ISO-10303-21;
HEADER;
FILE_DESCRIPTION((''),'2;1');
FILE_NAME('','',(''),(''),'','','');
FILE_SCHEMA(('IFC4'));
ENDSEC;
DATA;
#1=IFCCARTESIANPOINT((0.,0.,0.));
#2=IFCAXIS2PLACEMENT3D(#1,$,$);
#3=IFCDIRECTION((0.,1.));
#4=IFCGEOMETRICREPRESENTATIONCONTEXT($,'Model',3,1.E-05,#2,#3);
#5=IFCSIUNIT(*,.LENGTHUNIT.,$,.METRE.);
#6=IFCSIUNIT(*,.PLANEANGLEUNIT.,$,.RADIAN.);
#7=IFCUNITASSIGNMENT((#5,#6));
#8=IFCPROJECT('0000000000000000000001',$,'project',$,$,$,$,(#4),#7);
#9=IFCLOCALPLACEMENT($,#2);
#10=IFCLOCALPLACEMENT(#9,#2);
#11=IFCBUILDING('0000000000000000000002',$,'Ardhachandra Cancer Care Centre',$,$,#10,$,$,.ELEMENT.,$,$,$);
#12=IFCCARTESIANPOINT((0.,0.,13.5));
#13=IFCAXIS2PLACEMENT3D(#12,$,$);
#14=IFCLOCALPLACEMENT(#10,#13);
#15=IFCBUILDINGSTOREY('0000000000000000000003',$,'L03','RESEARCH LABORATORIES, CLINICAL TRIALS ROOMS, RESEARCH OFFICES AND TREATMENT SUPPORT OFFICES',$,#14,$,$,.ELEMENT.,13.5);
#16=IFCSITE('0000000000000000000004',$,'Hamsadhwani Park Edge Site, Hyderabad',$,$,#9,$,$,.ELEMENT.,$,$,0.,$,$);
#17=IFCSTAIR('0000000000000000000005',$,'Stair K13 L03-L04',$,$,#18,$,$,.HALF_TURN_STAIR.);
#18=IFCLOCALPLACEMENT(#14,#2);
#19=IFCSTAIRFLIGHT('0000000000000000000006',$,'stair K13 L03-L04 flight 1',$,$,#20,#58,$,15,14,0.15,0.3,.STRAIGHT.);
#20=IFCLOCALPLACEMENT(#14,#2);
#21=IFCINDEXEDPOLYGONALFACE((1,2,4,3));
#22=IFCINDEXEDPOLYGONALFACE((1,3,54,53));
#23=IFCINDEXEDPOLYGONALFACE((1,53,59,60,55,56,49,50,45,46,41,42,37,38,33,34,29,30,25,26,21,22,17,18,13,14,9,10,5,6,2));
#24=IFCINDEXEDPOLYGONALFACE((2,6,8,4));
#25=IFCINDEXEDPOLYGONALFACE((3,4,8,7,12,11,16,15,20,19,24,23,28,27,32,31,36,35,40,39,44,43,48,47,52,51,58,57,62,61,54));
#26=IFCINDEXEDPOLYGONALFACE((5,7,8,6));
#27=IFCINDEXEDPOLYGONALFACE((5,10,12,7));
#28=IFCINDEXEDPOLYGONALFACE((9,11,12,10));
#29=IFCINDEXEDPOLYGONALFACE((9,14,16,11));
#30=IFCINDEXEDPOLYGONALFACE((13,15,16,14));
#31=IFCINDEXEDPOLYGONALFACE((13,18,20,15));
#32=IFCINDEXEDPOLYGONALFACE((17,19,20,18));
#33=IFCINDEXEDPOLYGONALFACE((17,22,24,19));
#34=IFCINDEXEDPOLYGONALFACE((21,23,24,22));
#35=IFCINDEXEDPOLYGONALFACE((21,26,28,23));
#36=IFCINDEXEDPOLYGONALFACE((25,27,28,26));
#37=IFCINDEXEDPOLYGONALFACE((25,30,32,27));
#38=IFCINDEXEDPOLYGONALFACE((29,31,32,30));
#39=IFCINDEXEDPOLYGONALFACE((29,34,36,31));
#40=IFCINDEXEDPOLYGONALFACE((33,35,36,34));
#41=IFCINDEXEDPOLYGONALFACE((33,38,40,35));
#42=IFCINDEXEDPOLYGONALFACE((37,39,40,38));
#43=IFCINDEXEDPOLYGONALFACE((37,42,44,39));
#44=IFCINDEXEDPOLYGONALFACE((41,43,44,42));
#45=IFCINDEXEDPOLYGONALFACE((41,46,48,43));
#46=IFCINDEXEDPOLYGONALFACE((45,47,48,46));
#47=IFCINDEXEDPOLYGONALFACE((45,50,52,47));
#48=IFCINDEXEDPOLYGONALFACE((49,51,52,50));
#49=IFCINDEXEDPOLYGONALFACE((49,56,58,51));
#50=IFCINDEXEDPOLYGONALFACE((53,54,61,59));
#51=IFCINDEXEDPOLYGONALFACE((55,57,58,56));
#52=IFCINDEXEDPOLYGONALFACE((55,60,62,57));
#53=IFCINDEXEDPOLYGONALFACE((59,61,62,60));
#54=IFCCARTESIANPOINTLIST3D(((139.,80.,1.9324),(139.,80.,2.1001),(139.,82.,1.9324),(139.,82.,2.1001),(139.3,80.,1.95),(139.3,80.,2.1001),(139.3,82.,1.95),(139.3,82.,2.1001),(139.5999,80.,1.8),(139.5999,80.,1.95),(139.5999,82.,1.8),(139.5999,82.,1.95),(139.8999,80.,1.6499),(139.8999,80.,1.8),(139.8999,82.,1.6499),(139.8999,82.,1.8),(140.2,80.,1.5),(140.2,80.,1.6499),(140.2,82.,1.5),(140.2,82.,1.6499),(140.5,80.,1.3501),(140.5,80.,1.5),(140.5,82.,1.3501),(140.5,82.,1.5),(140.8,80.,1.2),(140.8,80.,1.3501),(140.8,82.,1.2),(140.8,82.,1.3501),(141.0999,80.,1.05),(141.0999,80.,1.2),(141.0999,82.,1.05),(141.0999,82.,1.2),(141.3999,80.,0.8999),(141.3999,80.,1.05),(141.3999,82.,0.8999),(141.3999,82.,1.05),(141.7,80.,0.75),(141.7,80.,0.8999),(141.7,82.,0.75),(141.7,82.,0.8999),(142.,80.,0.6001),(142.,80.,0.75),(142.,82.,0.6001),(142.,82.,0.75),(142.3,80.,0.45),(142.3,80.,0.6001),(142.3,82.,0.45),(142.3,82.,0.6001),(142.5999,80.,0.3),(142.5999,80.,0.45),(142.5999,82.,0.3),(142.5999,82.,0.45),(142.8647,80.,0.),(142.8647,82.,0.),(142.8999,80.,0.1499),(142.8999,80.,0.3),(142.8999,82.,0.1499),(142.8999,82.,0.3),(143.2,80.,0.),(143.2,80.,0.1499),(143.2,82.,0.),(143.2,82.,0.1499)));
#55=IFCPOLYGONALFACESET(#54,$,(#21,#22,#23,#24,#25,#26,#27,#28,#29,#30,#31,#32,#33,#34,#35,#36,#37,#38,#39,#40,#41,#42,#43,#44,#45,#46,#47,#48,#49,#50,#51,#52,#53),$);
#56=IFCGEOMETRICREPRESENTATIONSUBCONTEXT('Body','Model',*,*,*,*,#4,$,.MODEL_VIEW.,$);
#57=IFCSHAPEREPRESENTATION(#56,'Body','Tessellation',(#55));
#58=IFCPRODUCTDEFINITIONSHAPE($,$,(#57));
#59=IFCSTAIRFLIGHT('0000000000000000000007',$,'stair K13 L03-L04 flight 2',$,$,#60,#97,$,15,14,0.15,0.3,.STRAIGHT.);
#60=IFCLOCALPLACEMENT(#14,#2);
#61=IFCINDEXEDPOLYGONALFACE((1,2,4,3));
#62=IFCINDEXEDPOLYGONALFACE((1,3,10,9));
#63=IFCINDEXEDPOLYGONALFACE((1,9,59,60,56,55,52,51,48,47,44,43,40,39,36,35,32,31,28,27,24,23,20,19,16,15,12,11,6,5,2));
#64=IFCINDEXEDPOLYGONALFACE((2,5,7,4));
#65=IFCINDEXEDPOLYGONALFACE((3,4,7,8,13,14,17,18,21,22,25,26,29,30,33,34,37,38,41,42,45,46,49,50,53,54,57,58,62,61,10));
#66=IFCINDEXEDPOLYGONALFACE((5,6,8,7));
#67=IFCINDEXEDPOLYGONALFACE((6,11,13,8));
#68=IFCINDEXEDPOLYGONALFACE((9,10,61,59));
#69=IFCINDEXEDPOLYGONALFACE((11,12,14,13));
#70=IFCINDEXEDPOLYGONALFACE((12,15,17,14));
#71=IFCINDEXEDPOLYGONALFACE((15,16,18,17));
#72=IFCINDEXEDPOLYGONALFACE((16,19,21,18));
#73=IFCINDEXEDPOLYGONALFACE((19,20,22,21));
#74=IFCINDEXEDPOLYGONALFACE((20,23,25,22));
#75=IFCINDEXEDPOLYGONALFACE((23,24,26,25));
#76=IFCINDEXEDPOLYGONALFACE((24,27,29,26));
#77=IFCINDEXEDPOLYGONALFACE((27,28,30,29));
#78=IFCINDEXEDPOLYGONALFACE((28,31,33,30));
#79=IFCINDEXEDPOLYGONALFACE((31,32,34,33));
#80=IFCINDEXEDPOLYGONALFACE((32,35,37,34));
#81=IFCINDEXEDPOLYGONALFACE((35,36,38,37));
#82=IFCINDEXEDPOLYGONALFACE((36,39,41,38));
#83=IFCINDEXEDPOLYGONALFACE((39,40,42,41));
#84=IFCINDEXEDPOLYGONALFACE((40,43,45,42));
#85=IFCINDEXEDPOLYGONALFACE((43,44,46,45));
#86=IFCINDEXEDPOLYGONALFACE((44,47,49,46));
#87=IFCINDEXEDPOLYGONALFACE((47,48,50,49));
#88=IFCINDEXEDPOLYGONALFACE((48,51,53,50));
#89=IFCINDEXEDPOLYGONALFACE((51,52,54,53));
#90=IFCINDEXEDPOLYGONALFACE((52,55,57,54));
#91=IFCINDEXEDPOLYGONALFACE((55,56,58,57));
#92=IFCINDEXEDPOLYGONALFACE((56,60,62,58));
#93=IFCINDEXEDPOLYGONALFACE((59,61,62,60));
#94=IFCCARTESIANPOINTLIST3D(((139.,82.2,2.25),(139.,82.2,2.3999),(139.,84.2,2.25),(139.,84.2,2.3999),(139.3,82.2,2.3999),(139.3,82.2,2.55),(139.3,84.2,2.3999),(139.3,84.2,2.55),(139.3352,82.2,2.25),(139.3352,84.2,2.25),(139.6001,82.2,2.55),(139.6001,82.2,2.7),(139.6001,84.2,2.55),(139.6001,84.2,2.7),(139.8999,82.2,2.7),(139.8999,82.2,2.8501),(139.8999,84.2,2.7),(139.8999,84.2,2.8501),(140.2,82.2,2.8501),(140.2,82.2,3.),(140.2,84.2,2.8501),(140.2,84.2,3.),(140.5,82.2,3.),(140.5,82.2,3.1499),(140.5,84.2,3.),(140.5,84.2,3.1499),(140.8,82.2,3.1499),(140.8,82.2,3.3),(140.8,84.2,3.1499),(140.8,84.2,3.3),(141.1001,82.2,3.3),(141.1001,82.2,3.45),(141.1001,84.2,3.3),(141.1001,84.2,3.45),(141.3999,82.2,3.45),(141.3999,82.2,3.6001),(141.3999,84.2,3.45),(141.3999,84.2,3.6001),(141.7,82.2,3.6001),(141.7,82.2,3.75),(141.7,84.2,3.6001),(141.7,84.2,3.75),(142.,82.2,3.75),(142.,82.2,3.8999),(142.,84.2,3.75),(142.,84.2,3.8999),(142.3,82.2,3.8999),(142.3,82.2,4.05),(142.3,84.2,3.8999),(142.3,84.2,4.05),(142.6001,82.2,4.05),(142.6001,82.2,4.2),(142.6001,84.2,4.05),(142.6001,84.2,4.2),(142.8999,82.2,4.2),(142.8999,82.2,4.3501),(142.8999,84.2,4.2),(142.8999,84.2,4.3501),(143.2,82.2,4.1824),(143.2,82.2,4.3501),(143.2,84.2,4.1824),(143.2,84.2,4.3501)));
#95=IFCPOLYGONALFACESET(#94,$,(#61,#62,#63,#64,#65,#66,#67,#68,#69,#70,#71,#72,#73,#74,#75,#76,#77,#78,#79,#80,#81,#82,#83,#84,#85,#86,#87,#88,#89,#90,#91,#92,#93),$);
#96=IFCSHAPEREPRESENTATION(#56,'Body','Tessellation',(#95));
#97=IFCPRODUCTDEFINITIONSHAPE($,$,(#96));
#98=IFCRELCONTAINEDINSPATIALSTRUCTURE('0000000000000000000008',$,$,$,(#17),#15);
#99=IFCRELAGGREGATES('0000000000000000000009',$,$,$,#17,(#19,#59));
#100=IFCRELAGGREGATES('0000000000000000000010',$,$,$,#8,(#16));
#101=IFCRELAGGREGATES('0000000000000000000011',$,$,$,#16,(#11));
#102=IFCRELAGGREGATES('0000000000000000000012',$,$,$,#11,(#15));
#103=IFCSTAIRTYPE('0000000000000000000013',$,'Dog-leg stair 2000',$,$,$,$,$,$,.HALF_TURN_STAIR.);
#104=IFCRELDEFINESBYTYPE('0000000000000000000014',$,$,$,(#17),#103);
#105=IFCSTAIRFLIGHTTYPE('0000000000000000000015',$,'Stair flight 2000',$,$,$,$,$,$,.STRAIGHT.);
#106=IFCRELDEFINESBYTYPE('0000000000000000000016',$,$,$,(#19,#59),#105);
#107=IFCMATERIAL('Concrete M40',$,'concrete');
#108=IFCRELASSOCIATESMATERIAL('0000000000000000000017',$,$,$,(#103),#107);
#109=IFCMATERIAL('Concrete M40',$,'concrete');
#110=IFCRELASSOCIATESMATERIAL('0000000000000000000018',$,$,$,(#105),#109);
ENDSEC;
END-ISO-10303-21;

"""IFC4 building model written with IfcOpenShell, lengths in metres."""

from ifc_helpers import new_model, si_unit, direction, frame, origin, place, context, subcontext, project, spatial, polyline, outline, extrude, material, type_object, element, aggregate, save


model = new_model("IFC4")

# Units and contexts
model_context = context("Model", 3, precision=1e-05, world=origin(), true_north=direction((0.0, 1.0)))
body_context = subcontext(model_context, "Body", "Model", "MODEL_VIEW")
ifc_project = project(units=[si_unit("LENGTHUNIT", "METRE"), si_unit("PLANEANGLEUNIT", "RADIAN")], contexts=[model_context])

# Site, building, storey
site_placement = place(None, origin())
site = spatial("IfcSite", under=ifc_project, at=site_placement, Name="Hamsadhwani Park Edge Site, Hyderabad", CompositionType="ELEMENT", RefElevation=0.0)
building_placement = place(site_placement, origin())
building = spatial("IfcBuilding", under=site, at=building_placement, Name="Ardhachandra Cancer Care Centre", CompositionType="ELEMENT")
storey_placement = place(building_placement, frame((0.0, 0.0, 13.5)))
storey = spatial("IfcBuildingStorey", under=building, at=storey_placement, Name="L03", Description="RESEARCH LABORATORIES, CLINICAL TRIALS ROOMS, RESEARCH OFFICES AND TREATMENT SUPPORT OFFICES", CompositionType="ELEMENT", Elevation=13.5)

# Stair, stair flights
ifc_material_1 = material(Name="Concrete M40", Category="concrete")
stair_type = type_object("IfcStairType", Name="Dog-leg stair 2000", PredefinedType="HALF_TURN_STAIR", material=ifc_material_1)
stair_placement = place(storey_placement, origin())
stair = element("IfcStair", 1, at=stair_placement, inside=storey, type_object=stair_type, Name="Stair K13 L03-L04", PredefinedType="HALF_TURN_STAIR")
ifc_material_2 = material(Name="Concrete M40", Category="concrete")
stair_flight_type = type_object("IfcStairFlightType", Name="Stair flight 2000", PredefinedType="STRAIGHT", material=ifc_material_2)
stair_flight_1_placement = place(storey_placement, frame((143.2, 81.0, 0.0), z_axis=(0.0, 0.0, 1.0), x_axis=(-1.0, 0.0, 0.0)))
stair_flight_1 = element("IfcStairFlight", 2, at=stair_flight_1_placement, type_object=stair_flight_type, Name="stair K13 L03-L04 flight 1", NumberOfRisers=15, NumberOfTreads=14, PredefinedType="STRAIGHT", RiserHeight=0.15, TreadLength=0.3, context=body_context, shape_type="SweptSolid", body=[
    extrude(outline(polyline([(0.0, 0.0), (0.0, 0.1499), (0.3, 0.1499), (0.3, 0.3), (0.6001, 0.3), (0.6001, 0.45), (0.8999, 0.45), (0.8999, 0.6001), (1.2, 0.6001), (1.2, 0.75), (1.5, 0.75), (1.5, 0.8999), (1.8, 0.8999), (1.8, 1.05), (2.1001, 1.05), (2.1001, 1.2), (2.3999, 1.2), (2.3999, 1.3501), (2.7, 1.3501), (2.7, 1.5), (3.0, 1.5), (3.0, 1.6499), (3.3, 1.6499), (3.3, 1.8), (3.6001, 1.8), (3.6001, 1.95), (3.8999, 1.95), (3.8999, 2.1001), (4.2, 2.1001), (4.2, 2.25), (4.2, 1.9324), (0.3352, 0.0), (0.0, 0.0)])), frame((0.0, 1.0, 0.0), z_axis=(0.0, -1.0, 0.0), x_axis=(1.0, 0.0, 0.0)), (0.0, 0.0, 1.0), 2.0),
])
stair_flight_2_placement = place(storey_placement, frame((139.0, 83.2, 2.25), z_axis=(0.0, 0.0, 1.0), x_axis=(1.0, 0.0, 0.0)))
stair_flight_2 = element("IfcStairFlight", 3, at=stair_flight_2_placement, type_object=stair_flight_type, Name="stair K13 L03-L04 flight 2", NumberOfRisers=15, NumberOfTreads=14, PredefinedType="STRAIGHT", RiserHeight=0.15, TreadLength=0.3, context=body_context, shape_type="SweptSolid", body=[
    extrude(outline(polyline([(0.0, 0.0), (0.0, 0.1499), (0.3, 0.1499), (0.3, 0.3), (0.6001, 0.3), (0.6001, 0.45), (0.8999, 0.45), (0.8999, 0.6001), (1.2, 0.6001), (1.2, 0.75), (1.5, 0.75), (1.5, 0.8999), (1.8, 0.8999), (1.8, 1.05), (2.1001, 1.05), (2.1001, 1.2), (2.3999, 1.2), (2.3999, 1.3501), (2.7, 1.3501), (2.7, 1.5), (3.0, 1.5), (3.0, 1.6499), (3.3, 1.6499), (3.3, 1.8), (3.6001, 1.8), (3.6001, 1.95), (3.8999, 1.95), (3.8999, 2.1001), (4.2, 2.1001), (4.2, 2.25), (4.2, 1.9324), (0.3352, 0.0), (0.0, 0.0)])), frame((0.0, 1.0, 0.0), z_axis=(0.0, -1.0, 0.0), x_axis=(1.0, 0.0, 0.0)), (0.0, 0.0, 1.0), 2.0),
])
aggregate(stair, [stair_flight_1, stair_flight_2])

save(model, "model.ifc")
